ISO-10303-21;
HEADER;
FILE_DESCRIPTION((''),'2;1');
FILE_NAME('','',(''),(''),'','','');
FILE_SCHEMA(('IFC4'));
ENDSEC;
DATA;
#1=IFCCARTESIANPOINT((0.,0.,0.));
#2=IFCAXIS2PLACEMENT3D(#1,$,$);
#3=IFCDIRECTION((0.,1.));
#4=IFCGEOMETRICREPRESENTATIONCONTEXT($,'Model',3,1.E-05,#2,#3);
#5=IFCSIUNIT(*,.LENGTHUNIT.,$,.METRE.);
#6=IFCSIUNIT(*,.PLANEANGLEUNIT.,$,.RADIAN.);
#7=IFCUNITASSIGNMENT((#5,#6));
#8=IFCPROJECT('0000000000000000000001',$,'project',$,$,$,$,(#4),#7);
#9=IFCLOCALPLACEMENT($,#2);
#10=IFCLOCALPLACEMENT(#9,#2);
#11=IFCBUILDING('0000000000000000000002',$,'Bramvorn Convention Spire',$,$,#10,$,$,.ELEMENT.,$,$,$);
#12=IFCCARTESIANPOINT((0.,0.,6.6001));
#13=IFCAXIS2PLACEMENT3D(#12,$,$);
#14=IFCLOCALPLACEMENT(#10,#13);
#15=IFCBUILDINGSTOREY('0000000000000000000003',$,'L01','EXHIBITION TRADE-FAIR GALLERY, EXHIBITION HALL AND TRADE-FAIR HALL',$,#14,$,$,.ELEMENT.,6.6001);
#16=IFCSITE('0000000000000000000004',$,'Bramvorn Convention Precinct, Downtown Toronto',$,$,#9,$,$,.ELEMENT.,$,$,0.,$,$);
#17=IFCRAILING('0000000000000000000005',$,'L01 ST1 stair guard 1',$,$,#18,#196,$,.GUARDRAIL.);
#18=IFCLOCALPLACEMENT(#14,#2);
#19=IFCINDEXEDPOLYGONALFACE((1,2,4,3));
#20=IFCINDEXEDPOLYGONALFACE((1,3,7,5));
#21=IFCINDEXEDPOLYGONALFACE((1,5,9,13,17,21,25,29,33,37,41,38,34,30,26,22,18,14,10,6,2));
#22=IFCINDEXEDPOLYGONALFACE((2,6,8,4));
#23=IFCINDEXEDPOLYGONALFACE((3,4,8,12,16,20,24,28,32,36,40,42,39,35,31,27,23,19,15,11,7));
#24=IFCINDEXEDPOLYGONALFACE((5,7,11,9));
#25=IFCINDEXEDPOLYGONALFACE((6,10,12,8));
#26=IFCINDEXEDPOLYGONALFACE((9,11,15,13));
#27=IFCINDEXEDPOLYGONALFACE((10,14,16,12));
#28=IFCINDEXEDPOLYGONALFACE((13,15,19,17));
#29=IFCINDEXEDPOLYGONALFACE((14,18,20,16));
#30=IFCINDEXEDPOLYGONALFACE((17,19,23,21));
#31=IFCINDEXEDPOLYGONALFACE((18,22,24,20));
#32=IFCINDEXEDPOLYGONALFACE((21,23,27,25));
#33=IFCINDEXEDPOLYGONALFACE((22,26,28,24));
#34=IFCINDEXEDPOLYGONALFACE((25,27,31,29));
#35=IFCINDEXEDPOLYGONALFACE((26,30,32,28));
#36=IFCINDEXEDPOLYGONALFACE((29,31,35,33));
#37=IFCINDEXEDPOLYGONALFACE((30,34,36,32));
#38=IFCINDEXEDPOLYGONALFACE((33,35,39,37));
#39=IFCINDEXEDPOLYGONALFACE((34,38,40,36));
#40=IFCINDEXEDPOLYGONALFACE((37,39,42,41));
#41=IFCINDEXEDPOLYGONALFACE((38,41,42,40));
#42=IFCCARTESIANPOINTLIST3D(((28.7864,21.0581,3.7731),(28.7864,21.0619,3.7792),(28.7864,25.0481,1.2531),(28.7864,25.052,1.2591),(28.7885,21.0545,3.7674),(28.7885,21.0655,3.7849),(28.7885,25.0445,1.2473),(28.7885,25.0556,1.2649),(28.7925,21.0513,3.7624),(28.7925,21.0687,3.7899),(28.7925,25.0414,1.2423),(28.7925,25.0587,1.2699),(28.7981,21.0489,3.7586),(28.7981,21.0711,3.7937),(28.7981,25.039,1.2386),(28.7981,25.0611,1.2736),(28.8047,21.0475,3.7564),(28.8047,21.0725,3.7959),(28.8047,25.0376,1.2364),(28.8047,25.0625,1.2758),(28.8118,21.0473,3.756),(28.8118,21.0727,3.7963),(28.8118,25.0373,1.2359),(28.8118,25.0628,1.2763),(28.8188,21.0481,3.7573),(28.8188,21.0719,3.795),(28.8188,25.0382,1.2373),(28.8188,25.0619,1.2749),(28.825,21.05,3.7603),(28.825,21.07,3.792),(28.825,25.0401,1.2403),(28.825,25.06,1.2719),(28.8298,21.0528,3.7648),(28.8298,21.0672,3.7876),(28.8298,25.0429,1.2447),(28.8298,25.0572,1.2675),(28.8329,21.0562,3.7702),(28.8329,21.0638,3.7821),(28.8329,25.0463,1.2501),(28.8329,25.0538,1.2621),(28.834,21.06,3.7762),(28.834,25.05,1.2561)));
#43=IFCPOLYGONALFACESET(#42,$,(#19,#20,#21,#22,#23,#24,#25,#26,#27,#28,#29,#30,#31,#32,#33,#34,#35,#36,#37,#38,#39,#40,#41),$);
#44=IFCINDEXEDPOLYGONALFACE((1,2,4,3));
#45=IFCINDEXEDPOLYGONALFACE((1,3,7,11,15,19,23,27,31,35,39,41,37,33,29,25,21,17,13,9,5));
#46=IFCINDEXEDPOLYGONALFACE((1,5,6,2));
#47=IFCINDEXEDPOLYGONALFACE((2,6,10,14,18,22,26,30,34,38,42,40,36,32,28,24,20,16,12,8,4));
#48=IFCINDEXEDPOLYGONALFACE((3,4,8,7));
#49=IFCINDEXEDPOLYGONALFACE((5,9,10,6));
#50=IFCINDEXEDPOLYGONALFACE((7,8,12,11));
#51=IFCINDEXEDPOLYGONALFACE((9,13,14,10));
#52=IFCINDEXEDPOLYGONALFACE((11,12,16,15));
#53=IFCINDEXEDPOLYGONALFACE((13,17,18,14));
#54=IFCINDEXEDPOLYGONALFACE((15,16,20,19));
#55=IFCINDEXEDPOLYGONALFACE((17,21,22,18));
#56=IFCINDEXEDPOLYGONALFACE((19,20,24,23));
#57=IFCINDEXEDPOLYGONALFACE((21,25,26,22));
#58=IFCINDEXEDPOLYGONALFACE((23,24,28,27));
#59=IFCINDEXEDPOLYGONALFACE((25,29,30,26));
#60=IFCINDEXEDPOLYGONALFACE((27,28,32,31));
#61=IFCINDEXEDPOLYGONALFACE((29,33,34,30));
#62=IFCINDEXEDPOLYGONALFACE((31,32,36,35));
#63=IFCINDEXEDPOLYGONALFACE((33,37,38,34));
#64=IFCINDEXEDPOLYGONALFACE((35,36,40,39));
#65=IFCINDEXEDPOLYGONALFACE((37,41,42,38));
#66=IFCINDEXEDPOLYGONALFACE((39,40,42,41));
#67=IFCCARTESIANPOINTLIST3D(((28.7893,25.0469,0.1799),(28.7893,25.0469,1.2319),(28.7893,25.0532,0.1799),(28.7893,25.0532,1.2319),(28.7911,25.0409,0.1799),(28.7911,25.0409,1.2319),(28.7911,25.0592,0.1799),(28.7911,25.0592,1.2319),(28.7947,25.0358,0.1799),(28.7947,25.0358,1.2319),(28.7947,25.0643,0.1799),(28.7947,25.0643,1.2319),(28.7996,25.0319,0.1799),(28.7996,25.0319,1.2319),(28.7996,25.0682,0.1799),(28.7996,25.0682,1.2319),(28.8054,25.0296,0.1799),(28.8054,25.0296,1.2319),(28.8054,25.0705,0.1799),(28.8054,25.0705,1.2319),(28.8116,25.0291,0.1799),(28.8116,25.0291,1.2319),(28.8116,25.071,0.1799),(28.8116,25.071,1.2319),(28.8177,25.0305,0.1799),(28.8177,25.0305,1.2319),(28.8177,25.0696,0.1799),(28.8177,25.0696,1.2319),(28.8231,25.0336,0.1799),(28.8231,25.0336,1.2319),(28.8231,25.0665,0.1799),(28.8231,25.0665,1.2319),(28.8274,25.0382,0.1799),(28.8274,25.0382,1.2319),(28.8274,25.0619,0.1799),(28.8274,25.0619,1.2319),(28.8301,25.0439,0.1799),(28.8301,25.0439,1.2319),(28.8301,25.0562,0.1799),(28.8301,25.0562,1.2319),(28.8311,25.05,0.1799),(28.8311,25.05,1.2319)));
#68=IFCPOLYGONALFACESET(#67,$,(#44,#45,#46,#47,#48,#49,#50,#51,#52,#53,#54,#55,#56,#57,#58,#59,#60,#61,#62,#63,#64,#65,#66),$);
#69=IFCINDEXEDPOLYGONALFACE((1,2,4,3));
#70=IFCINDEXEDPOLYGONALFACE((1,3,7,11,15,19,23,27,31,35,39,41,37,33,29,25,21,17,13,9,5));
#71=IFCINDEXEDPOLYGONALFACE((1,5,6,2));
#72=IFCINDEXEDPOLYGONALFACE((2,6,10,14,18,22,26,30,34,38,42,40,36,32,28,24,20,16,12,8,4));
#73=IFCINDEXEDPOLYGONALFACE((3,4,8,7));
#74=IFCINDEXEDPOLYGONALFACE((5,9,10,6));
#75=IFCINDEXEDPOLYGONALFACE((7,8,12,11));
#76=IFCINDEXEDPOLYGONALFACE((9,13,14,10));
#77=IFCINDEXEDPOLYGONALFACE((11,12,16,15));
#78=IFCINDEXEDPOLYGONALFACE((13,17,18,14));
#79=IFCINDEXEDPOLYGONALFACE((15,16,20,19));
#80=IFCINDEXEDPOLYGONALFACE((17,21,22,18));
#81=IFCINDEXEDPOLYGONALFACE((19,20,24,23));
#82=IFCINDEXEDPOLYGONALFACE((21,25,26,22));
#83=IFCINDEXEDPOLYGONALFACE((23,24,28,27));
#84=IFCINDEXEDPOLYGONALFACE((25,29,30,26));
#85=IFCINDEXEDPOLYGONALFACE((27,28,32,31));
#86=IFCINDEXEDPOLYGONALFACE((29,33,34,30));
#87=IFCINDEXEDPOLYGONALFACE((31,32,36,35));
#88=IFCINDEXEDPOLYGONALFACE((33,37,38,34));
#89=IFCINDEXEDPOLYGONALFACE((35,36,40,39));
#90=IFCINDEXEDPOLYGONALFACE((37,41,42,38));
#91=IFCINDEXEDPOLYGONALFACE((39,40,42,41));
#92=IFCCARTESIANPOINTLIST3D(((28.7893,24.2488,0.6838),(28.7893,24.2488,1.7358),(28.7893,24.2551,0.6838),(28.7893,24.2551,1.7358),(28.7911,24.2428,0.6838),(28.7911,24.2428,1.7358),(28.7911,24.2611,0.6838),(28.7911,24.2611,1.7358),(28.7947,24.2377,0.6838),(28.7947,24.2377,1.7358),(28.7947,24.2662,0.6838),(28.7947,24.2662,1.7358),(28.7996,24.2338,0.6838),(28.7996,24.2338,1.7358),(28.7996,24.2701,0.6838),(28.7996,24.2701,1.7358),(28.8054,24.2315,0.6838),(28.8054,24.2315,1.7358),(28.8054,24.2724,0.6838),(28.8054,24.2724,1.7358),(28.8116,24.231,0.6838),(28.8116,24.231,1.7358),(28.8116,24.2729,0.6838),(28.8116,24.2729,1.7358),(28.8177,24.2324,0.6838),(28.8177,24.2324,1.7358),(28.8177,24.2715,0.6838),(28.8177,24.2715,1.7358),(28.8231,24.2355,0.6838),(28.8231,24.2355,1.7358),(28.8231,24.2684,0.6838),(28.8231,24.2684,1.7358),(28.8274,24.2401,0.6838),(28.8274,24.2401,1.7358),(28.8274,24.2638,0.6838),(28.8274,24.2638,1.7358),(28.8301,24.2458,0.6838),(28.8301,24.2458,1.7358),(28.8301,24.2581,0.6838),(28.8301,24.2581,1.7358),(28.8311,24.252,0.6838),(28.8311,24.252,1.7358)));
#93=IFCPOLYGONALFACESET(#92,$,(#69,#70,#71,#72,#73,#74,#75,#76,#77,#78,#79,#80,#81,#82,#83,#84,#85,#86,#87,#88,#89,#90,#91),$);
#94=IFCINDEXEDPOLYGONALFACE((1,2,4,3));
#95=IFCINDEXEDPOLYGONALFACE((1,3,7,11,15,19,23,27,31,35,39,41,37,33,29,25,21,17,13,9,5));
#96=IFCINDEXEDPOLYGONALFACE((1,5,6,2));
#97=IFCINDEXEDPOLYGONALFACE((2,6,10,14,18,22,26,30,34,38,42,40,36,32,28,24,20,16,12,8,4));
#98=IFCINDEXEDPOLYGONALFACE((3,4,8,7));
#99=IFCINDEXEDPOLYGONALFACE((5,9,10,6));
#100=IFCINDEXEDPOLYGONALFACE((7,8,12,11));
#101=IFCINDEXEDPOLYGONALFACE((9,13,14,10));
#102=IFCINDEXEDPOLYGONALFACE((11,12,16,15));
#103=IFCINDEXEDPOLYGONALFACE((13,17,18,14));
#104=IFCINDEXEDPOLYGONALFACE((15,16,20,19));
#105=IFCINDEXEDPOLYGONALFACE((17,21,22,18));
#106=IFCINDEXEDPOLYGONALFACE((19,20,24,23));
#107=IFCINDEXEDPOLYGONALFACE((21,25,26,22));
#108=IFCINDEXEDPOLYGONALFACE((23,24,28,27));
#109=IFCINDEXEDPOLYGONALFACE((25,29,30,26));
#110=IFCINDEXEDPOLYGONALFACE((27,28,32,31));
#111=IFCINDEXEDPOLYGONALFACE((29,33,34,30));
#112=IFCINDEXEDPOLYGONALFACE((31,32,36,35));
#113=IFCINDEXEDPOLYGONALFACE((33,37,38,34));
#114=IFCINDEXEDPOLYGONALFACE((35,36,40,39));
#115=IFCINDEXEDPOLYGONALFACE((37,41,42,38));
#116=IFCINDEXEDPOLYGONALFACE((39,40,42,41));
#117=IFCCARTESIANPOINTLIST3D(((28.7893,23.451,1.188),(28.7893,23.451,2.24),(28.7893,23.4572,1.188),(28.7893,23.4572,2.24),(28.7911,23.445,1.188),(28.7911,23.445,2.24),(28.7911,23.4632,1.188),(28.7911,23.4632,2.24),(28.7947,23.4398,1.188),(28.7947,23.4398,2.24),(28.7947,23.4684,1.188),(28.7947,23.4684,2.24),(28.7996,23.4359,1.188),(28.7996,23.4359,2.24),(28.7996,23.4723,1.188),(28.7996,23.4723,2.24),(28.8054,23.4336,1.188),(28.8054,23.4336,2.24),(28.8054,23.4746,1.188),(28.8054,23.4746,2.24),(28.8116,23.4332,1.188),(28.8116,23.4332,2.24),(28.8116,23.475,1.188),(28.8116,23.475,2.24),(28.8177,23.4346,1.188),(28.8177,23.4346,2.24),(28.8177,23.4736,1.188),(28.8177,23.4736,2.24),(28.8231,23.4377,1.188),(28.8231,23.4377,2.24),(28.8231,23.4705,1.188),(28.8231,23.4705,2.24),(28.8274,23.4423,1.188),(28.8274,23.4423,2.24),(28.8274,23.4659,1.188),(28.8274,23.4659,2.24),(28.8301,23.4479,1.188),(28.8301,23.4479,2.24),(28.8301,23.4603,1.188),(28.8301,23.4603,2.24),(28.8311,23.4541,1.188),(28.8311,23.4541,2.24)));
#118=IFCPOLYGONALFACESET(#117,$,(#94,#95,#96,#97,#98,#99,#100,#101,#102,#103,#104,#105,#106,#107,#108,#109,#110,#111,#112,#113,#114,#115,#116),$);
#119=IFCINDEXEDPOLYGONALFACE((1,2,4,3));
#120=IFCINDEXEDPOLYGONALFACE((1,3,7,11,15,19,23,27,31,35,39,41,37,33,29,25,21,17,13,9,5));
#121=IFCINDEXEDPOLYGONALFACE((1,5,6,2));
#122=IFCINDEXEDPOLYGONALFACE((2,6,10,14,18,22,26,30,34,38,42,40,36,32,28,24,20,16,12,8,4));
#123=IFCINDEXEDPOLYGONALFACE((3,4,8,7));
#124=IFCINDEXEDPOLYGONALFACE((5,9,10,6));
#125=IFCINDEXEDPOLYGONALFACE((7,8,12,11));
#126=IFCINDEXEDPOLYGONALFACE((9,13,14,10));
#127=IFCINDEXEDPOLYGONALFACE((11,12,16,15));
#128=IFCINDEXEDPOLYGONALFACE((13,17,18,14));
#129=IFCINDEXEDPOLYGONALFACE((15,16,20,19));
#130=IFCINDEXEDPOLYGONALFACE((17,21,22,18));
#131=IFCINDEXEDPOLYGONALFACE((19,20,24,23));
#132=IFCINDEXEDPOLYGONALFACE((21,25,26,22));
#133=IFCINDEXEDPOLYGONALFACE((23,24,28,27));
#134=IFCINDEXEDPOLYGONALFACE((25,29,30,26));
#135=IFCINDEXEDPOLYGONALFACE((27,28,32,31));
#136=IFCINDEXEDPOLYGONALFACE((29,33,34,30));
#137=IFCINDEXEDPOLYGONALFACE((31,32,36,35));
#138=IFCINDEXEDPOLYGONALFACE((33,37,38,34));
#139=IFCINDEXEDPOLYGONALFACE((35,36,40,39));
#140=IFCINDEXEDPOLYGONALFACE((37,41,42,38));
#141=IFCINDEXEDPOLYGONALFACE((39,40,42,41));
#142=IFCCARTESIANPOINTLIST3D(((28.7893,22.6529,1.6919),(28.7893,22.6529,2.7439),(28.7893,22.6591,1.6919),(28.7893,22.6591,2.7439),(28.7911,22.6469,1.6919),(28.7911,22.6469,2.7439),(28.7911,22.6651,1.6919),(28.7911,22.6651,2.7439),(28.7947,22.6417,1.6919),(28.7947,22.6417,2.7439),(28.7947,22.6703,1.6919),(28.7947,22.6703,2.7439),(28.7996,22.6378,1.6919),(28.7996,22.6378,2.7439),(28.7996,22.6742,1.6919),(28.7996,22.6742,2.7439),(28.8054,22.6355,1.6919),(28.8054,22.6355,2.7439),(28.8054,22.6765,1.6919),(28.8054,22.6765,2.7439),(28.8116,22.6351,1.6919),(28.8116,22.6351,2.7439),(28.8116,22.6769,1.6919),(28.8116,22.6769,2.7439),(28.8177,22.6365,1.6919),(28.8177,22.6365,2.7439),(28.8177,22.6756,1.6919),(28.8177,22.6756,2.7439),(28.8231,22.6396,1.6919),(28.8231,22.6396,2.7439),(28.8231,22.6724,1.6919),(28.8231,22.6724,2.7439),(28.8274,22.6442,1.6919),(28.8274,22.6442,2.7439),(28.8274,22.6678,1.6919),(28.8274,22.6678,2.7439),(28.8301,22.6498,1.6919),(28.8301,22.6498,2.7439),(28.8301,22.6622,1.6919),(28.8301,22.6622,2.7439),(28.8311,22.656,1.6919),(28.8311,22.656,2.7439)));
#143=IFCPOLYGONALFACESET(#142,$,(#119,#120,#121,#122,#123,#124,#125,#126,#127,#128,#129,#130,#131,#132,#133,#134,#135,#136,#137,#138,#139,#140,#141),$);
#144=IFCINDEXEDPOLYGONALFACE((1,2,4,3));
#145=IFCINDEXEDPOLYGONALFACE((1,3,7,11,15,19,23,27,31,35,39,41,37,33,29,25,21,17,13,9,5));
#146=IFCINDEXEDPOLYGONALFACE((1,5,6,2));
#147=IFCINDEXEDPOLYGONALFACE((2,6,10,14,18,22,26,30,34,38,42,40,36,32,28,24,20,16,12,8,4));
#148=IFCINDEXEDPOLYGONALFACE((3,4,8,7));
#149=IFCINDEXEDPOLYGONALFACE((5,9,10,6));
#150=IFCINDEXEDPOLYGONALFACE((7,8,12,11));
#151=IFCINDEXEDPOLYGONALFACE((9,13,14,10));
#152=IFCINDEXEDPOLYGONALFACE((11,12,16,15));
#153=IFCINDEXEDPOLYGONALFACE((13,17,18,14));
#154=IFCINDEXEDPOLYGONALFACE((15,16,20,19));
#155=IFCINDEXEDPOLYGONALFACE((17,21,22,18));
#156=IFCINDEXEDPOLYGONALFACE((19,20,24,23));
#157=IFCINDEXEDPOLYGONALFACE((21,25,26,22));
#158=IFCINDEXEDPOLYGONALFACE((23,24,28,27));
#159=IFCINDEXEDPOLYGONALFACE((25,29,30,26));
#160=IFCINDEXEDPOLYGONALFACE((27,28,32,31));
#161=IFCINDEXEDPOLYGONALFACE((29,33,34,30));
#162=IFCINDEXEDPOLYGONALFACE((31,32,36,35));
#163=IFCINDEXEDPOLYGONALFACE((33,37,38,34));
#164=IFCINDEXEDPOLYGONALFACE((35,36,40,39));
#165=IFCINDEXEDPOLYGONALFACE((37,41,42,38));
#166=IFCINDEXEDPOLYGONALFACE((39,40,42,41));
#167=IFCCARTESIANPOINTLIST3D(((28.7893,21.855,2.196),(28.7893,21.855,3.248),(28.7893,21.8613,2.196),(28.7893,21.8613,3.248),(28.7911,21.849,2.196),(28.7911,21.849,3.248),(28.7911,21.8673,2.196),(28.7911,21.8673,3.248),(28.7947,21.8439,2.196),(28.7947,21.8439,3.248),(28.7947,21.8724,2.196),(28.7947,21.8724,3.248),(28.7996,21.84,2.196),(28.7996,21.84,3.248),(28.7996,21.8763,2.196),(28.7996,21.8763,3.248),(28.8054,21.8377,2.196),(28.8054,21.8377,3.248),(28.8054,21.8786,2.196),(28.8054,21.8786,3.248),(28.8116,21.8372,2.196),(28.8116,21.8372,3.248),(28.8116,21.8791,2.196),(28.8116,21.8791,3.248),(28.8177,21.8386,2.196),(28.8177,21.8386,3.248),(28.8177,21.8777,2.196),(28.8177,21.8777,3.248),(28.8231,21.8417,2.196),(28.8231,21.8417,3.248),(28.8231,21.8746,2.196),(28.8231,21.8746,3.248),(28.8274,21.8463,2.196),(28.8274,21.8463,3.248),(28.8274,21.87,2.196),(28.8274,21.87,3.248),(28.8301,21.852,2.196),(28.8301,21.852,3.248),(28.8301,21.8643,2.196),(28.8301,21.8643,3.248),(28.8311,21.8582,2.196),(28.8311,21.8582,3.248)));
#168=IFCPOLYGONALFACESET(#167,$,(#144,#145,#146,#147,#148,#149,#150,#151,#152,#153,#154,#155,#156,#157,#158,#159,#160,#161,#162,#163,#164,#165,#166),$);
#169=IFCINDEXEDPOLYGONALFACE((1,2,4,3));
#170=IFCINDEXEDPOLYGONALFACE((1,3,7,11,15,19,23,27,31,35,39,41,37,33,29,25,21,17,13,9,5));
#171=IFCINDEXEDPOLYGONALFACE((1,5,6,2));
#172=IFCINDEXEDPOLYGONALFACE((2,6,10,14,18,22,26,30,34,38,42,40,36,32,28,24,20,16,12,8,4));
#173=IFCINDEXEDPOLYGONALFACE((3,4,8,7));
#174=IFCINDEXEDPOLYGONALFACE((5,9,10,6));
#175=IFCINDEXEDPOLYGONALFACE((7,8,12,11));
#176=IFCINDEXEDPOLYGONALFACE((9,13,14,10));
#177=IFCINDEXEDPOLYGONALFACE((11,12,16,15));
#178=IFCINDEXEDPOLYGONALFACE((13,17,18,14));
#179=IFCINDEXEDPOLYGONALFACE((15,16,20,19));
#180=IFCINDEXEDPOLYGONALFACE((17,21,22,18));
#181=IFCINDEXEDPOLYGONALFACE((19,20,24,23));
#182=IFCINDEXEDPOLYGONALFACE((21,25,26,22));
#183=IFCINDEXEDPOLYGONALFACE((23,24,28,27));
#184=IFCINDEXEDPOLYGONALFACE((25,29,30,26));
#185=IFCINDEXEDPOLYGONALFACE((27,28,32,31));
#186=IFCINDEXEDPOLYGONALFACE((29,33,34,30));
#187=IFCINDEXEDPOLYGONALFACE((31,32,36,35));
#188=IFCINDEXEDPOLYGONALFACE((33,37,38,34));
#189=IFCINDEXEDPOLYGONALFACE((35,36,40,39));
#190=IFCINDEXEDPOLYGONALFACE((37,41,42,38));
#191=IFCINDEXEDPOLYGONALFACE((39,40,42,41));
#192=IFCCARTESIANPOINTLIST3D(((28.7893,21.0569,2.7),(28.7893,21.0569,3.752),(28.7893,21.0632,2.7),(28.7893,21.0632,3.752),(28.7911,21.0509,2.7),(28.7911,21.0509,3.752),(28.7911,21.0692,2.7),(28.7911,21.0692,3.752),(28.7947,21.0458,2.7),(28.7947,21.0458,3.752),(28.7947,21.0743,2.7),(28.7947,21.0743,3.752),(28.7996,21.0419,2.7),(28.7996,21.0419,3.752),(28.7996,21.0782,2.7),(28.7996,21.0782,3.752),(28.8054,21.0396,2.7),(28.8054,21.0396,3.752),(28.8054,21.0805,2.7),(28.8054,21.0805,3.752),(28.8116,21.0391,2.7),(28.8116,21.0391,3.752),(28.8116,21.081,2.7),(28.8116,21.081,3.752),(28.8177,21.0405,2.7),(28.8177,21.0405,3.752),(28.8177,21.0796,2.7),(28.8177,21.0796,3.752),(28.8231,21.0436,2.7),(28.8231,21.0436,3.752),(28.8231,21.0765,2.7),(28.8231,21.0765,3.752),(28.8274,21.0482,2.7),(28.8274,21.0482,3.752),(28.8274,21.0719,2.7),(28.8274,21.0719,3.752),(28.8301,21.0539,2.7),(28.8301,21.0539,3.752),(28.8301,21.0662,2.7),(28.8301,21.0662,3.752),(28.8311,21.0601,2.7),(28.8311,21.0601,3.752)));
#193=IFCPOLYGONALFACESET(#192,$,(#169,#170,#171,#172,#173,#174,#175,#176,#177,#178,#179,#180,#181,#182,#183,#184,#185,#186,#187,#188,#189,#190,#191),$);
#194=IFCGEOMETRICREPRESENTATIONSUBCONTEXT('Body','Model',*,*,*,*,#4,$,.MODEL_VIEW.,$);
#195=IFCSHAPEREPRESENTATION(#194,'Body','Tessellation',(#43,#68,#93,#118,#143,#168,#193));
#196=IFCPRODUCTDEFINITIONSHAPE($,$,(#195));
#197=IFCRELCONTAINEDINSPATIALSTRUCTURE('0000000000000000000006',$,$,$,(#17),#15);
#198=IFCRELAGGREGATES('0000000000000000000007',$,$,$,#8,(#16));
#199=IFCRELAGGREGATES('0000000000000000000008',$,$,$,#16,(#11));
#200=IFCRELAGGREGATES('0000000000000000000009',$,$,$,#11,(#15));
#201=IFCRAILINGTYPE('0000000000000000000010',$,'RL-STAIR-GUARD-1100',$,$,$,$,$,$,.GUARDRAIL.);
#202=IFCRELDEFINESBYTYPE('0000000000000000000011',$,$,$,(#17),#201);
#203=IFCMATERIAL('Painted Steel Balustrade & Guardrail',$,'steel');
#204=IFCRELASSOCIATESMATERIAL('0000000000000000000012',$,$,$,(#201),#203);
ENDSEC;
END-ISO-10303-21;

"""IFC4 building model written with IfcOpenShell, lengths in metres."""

from ifc_helpers import new_model, si_unit, direction, frame, origin, origin_2d, place, context, subcontext, project, spatial, circle, extrude, material, type_object, element, save


model = new_model("IFC4")

# Units and contexts
model_context = context("Model", 3, precision=1e-05, world=origin(), true_north=direction((0.0, 1.0)))
body_context = subcontext(model_context, "Body", "Model", "MODEL_VIEW")
ifc_project = project(units=[si_unit("LENGTHUNIT", "METRE"), si_unit("PLANEANGLEUNIT", "RADIAN")], contexts=[model_context])

# Site, building, storey
site_placement = place(None, origin())
site = spatial("IfcSite", under=ifc_project, at=site_placement, Name="Bramvorn Convention Precinct, Downtown Toronto", CompositionType="ELEMENT", RefElevation=0.0)
building_placement = place(site_placement, origin())
building = spatial("IfcBuilding", under=site, at=building_placement, Name="Bramvorn Convention Spire", CompositionType="ELEMENT")
storey_placement = place(building_placement, frame((0.0, 0.0, 6.6001)))
storey = spatial("IfcBuildingStorey", under=building, at=storey_placement, Name="L01", Description="EXHIBITION TRADE-FAIR GALLERY, EXHIBITION HALL AND TRADE-FAIR HALL", CompositionType="ELEMENT", Elevation=6.6001)

# Railing
ifc_material_1 = material(Name="Painted Steel Balustrade & Guardrail", Category="steel")
railing_type_1 = type_object("IfcRailingType", Name="RL-STAIR-GUARD-1100", PredefinedType="GUARDRAIL", material=ifc_material_1)
railing_1_placement = place(storey_placement, frame((28.8101, 25.05, 0.1799)))
element("IfcRailing", 1, at=railing_1_placement, inside=storey, type_object=railing_type_1, Name="L01 ST1 stair guard 1", PredefinedType="GUARDRAIL", context=body_context, shape_type="SweptSolid", body=[
    extrude(circle(Radius=0.0239, at=origin_2d()), frame((0.0, 0.0, 1.0762), z_axis=(0.0, -0.845486, 0.533997), x_axis=(1.0, 0.0, 0.0)), (0.0, 0.0, 1.0), 4.7192),
    extrude(circle(Radius=0.021, at=origin_2d()), origin(), (0.0, 0.0, 1.0), 1.052),
    extrude(circle(Radius=0.021, at=origin_2d()), frame((0.0, -0.7981, 0.5039)), (0.0, 0.0, 1.0), 1.052),
    extrude(circle(Radius=0.021, at=origin_2d()), frame((0.0, -1.5959, 1.0081)), (0.0, 0.0, 1.0), 1.052),
    extrude(circle(Radius=0.021, at=origin_2d()), frame((0.0, -2.394, 1.512)), (0.0, 0.0, 1.0), 1.052),
    extrude(circle(Radius=0.021, at=origin_2d()), frame((0.0, -3.1919, 2.0161)), (0.0, 0.0, 1.0), 1.052),
    extrude(circle(Radius=0.021, at=origin_2d()), frame((0.0, -3.99, 2.52)), (0.0, 0.0, 1.0), 1.052),
])

save(model, "model.ifc")
